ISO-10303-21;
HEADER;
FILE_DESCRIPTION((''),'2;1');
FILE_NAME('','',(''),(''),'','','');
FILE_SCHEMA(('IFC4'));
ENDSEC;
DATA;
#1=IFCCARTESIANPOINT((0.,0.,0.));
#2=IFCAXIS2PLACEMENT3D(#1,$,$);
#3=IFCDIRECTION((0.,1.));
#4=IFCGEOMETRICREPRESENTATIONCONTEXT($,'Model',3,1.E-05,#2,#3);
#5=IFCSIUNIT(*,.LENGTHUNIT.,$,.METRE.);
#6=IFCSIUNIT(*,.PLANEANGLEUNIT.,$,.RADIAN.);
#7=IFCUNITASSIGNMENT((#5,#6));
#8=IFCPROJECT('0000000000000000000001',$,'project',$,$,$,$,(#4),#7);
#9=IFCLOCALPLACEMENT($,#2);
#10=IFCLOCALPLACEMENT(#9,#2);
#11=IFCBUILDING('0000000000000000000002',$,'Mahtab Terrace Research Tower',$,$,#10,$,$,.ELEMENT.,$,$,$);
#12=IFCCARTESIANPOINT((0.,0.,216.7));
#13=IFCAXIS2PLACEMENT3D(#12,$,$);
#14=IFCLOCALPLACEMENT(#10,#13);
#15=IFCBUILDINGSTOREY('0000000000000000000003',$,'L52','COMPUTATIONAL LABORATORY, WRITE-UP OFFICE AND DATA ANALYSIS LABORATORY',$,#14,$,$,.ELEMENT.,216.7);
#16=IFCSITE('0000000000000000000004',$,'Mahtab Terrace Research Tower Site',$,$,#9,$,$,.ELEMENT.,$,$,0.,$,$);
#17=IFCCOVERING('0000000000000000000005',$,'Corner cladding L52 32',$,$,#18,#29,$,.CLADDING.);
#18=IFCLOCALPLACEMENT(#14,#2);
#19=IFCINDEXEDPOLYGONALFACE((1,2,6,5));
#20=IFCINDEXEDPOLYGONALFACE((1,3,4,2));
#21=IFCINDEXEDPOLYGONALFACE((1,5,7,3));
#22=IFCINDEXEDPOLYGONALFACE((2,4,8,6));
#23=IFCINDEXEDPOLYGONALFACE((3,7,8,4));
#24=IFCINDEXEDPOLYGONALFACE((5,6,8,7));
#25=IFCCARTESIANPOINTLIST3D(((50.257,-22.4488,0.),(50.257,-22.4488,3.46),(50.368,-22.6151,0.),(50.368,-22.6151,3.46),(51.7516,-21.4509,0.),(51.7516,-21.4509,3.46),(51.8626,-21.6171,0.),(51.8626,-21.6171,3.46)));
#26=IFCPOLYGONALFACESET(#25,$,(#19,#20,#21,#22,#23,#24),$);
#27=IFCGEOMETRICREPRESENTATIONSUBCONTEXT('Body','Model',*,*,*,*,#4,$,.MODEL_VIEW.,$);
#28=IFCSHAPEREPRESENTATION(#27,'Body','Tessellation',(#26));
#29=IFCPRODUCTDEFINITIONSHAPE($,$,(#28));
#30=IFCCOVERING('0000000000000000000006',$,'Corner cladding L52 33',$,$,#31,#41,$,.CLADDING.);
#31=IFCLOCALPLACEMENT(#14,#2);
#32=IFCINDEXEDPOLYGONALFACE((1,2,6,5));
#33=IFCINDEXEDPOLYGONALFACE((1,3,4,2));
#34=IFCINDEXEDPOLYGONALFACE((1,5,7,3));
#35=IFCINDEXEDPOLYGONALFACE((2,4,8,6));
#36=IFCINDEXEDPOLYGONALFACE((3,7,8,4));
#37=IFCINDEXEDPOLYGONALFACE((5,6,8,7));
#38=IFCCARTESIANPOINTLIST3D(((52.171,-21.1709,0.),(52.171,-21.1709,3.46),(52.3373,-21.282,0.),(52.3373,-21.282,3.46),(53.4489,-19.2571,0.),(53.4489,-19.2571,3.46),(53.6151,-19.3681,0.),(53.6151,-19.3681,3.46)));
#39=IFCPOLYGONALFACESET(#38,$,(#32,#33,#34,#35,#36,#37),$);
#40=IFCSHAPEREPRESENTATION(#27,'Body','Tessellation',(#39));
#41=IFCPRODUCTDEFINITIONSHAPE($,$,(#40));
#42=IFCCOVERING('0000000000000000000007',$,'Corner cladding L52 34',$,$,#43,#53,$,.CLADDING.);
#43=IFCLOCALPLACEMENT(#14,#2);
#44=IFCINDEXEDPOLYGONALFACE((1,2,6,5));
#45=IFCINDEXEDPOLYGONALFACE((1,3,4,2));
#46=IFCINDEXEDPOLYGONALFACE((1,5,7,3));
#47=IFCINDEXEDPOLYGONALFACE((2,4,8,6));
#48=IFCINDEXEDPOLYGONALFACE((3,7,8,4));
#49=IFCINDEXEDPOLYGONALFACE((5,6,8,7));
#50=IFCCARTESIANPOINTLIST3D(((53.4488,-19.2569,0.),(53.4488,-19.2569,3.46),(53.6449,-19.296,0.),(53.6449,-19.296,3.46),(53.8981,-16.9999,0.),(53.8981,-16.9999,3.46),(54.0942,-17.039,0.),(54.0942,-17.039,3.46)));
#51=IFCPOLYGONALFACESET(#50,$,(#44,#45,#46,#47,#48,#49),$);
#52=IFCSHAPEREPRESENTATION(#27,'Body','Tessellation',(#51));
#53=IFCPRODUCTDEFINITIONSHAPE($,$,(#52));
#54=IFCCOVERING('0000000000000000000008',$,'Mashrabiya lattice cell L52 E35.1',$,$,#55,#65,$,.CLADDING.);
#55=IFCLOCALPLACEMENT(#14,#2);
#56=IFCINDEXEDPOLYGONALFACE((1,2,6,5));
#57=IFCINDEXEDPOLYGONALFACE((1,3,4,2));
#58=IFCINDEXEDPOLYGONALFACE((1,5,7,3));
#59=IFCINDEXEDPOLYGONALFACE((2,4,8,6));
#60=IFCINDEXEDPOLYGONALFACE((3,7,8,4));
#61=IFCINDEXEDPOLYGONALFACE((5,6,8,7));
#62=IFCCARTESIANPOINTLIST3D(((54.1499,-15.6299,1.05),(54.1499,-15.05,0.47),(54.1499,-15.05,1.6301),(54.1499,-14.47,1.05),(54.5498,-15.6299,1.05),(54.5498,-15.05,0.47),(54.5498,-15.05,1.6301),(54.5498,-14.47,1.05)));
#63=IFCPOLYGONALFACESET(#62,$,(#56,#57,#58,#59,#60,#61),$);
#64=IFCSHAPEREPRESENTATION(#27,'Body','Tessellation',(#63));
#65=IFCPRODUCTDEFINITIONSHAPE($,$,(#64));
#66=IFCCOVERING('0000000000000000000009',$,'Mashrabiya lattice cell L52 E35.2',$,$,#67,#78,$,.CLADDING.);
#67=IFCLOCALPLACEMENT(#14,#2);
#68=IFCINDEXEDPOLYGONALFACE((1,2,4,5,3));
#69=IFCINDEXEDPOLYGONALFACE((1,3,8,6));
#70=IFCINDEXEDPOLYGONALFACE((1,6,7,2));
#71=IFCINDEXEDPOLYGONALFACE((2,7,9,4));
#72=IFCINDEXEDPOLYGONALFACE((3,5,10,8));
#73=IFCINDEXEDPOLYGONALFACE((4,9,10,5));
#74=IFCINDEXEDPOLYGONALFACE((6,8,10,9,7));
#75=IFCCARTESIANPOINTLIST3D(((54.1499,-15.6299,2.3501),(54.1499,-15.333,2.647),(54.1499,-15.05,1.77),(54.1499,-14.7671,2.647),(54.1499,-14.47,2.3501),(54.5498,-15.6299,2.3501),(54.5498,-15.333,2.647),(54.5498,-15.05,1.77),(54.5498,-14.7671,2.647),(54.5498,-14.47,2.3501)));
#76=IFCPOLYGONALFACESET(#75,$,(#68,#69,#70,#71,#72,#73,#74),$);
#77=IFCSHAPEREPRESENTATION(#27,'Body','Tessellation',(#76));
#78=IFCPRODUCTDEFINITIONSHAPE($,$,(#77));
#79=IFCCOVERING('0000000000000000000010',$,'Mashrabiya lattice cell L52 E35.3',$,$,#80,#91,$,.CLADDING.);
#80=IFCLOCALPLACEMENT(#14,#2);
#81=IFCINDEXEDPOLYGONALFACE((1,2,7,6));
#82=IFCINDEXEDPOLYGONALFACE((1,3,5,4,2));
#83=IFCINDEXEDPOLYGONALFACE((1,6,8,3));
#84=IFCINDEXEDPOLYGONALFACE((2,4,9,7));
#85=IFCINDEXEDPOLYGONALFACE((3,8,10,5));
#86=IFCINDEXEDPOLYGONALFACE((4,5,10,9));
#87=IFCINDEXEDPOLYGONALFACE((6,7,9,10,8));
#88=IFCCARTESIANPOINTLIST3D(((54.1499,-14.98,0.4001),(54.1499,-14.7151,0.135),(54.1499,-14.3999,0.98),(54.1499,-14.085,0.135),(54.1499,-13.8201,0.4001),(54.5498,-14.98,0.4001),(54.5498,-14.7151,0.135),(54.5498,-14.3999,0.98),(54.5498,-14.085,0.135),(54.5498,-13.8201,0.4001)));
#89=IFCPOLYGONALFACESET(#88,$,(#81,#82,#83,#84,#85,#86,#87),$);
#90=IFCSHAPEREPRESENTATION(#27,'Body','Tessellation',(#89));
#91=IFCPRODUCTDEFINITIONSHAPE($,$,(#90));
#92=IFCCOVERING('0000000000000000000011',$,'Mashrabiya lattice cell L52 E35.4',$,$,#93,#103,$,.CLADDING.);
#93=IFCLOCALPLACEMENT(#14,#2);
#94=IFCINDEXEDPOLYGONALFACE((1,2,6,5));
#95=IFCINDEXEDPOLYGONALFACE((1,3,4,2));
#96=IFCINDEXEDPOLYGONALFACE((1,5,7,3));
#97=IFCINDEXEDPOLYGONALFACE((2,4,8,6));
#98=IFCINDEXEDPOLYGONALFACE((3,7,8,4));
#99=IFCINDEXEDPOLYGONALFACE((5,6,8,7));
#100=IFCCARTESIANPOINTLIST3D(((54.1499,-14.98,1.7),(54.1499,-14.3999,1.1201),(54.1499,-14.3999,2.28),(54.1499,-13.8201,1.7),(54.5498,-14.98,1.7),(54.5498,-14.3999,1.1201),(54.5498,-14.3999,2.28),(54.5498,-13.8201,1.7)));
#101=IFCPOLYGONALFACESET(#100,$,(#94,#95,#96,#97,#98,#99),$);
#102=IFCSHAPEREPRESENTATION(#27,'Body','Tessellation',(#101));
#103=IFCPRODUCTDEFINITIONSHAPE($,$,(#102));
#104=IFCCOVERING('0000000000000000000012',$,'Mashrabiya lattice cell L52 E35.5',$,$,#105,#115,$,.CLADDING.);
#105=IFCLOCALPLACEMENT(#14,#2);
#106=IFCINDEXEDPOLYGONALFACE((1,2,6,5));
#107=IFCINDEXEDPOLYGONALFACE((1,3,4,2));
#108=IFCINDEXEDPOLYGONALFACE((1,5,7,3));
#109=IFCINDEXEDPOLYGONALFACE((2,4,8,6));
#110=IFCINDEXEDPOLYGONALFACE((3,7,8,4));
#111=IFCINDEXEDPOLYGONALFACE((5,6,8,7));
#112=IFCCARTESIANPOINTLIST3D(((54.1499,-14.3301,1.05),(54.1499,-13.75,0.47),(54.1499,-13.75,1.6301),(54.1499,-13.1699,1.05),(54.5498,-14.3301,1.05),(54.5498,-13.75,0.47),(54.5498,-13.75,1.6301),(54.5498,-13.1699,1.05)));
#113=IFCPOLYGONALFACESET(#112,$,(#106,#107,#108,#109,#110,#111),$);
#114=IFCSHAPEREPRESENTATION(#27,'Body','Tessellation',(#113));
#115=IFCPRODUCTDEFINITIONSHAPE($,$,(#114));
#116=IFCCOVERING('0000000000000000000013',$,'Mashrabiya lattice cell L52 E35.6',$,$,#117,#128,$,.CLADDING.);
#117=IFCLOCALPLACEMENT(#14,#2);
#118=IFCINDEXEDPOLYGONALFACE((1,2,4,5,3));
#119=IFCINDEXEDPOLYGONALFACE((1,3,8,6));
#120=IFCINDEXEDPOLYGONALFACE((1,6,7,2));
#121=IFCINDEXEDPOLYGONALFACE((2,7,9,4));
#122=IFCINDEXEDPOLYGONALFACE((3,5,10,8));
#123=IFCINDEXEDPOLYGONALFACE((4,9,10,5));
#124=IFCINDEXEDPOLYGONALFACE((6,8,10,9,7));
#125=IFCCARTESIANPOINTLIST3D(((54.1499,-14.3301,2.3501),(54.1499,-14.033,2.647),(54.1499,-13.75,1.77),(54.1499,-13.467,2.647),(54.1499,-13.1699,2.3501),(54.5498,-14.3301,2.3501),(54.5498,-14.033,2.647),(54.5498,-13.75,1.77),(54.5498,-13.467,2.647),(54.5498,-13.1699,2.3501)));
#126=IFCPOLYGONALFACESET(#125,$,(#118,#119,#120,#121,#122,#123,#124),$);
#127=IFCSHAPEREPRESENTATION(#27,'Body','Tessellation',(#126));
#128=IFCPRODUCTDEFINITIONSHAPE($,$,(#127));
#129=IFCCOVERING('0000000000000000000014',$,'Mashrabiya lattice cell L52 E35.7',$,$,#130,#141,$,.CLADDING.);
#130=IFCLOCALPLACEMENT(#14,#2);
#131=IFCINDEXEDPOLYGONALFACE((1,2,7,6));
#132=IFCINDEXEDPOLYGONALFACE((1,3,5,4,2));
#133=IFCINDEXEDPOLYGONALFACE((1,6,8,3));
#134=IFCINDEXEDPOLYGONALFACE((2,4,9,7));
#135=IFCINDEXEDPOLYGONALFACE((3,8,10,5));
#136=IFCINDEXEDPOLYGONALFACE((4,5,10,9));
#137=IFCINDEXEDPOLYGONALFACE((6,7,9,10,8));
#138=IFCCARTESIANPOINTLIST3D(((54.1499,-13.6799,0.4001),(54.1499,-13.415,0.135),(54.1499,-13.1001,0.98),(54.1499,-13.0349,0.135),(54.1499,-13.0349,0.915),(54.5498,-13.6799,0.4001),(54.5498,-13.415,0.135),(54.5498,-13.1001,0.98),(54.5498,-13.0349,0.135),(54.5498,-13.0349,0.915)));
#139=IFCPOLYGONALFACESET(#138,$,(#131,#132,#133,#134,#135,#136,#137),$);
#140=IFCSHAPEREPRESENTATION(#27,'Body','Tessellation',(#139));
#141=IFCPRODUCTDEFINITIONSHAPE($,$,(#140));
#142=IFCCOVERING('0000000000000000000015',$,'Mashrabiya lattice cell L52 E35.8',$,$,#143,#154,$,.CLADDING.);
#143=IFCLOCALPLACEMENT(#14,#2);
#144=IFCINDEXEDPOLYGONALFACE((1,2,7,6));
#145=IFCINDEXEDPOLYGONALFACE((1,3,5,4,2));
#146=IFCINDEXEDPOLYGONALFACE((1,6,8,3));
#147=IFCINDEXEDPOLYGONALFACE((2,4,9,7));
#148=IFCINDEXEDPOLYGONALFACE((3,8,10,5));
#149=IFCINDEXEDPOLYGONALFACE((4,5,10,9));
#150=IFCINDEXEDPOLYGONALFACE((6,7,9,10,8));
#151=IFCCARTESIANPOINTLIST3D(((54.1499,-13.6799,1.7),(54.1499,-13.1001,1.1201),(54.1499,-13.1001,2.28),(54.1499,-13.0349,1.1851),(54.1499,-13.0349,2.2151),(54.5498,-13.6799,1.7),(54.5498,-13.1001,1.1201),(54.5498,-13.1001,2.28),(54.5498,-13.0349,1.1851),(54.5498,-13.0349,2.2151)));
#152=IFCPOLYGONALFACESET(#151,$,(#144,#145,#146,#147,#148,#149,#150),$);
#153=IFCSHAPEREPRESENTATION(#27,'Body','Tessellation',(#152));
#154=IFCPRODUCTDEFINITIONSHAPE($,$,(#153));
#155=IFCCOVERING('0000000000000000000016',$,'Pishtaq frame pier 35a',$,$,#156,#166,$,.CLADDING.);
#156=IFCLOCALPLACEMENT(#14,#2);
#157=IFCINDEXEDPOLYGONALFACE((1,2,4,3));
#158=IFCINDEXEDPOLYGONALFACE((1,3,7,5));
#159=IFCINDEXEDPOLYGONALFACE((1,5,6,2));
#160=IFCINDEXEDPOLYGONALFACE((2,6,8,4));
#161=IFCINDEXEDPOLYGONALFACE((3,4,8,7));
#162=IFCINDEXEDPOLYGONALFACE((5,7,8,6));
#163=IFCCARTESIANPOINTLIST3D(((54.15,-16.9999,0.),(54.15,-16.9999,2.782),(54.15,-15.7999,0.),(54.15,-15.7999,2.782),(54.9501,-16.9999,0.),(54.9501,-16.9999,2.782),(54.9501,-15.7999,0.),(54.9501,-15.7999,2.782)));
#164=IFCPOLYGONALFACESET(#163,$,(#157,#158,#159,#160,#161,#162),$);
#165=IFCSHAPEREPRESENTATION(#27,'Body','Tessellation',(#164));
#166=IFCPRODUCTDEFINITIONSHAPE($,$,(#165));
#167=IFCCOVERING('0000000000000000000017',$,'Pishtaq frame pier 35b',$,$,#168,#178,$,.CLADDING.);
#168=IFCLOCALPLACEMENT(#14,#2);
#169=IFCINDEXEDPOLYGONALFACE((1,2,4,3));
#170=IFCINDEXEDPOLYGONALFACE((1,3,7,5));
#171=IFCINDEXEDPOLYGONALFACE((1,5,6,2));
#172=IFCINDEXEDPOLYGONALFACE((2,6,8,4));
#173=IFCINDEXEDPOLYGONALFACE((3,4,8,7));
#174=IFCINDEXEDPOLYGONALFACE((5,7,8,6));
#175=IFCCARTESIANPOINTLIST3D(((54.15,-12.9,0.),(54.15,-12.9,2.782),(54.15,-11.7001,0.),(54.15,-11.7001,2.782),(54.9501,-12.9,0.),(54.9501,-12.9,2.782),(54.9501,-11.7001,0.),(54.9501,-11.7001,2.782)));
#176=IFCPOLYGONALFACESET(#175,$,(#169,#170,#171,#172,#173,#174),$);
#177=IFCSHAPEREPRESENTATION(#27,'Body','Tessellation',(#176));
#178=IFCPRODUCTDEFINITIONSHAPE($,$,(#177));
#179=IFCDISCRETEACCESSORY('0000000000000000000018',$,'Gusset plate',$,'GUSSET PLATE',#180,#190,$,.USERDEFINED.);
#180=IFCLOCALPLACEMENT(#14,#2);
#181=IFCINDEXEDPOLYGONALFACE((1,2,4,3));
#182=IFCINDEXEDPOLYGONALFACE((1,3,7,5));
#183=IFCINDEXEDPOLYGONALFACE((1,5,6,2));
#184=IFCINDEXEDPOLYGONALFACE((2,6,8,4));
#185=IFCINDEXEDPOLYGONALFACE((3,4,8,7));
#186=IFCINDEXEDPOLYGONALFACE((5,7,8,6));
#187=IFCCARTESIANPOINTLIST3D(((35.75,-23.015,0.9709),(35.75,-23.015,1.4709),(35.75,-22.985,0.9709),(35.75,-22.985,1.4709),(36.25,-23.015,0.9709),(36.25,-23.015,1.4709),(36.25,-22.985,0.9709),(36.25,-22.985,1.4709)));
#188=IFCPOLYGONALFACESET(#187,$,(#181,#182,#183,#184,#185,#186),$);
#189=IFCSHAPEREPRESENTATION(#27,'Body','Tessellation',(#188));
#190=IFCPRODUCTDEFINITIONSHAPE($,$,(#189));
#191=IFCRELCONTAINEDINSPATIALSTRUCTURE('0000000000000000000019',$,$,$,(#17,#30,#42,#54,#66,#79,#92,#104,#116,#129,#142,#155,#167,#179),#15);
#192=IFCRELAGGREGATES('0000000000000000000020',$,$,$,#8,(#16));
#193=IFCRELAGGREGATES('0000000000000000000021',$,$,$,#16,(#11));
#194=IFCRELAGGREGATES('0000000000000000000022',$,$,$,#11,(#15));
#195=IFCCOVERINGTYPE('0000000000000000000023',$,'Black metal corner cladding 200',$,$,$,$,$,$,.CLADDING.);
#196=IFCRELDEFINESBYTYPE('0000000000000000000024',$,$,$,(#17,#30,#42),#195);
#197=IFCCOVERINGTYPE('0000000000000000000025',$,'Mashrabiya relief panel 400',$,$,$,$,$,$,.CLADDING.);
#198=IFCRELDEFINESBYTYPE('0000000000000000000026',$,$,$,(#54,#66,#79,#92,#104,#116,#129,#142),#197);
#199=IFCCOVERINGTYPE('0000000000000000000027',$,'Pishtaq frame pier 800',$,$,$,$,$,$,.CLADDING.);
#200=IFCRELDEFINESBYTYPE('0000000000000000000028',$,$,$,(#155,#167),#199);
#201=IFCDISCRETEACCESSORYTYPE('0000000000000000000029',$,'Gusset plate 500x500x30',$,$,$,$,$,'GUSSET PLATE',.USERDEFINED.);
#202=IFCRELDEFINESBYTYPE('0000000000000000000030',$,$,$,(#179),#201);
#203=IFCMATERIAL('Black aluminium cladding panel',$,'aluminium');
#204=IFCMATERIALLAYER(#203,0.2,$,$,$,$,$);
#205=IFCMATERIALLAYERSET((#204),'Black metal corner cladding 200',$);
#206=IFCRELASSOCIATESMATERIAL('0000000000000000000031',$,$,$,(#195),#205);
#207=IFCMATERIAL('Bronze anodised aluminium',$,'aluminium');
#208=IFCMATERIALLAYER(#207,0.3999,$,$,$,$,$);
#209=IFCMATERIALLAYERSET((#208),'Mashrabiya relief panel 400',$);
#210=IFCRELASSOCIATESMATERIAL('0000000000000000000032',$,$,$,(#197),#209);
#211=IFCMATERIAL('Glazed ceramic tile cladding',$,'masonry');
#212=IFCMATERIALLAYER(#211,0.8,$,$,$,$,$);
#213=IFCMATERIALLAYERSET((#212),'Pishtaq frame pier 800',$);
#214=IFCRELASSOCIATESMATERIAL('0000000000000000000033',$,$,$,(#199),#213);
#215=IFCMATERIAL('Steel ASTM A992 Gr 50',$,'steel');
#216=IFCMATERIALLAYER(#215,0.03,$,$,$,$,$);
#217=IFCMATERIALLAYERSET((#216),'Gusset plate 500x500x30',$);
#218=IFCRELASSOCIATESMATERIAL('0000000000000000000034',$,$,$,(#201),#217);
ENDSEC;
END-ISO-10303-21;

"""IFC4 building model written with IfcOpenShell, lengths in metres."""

from ifc_helpers import new_model, si_unit, direction, frame, origin, origin_2d, place, context, subcontext, project, spatial, polyline, rectangle, outline, extrude, material, layer, layer_set, type_object, element, save


model = new_model("IFC4")

# Units and contexts
model_context = context("Model", 3, precision=1e-05, world=origin(), true_north=direction((0.0, 1.0)))
body_context = subcontext(model_context, "Body", "Model", "MODEL_VIEW")
ifc_project = project(units=[si_unit("LENGTHUNIT", "METRE"), si_unit("PLANEANGLEUNIT", "RADIAN")], contexts=[model_context])

# Site, building, storey
site_placement = place(None, origin())
site = spatial("IfcSite", under=ifc_project, at=site_placement, Name="Mahtab Terrace Research Tower Site", CompositionType="ELEMENT", RefElevation=0.0)
building_placement = place(site_placement, origin())
building = spatial("IfcBuilding", under=site, at=building_placement, Name="Mahtab Terrace Research Tower", CompositionType="ELEMENT")
storey_placement = place(building_placement, frame((0.0, 0.0, 216.7)))
storey = spatial("IfcBuildingStorey", under=building, at=storey_placement, Name="L52", Description="COMPUTATIONAL LABORATORY, WRITE-UP OFFICE AND DATA ANALYSIS LABORATORY", CompositionType="ELEMENT", Elevation=216.7)

# Shared definitions
ifc_material_1 = material(Name="Steel ASTM A992 Gr 50", Category="steel")

# Shared definitions
ifc_material_2 = material(Name="Black aluminium cladding panel", Category="aluminium")

# Coverings
ifc_layer_1 = layer(ifc_material_2, 0.2)
ifc_layer_set_1 = layer_set([ifc_layer_1], Name="Black metal corner cladding 200")
covering_type_1 = type_object("IfcCoveringType", Name="Black metal corner cladding 200", PredefinedType="CLADDING", material=ifc_layer_set_1)
covering_1_placement = place(storey_placement, frame((51.0598, -22.033, 0.0), z_axis=(0.0, 0.0, 1.0), x_axis=(0.831656, 0.555291, 0.0)))
element("IfcCovering", 1, at=covering_1_placement, inside=storey, type_object=covering_type_1, Name="Corner cladding L52 32", PredefinedType="CLADDING", context=body_context, shape_type="SweptSolid", body=[
    extrude(rectangle(XDim=1.7971, YDim=0.2, at=origin_2d()), origin(), (0.0, 0.0, 1.0), 3.46),
])
for number, where, z_axis, x_axis, name in (
    (2, (52.8931, -20.2695, 0.0), (0.0, 0.0, 1.0), (0.555291, 0.831656, 0.0), "Corner cladding L52 33"),
    (3, (53.7715, -18.1479, 0.0), (0.0, 0.0, 1.0), (0.195212, 0.980761, 0.0), "Corner cladding L52 34"),
):
    element("IfcCovering", number, at=place(storey_placement, frame(where, z_axis=z_axis, x_axis=x_axis)), inside=storey, type_object=covering_type_1, Name=name, PredefinedType="CLADDING", context=body_context, shape_type="SweptSolid", body=[
        extrude(rectangle(XDim=2.3013, YDim=0.2, at=origin_2d()), origin(), (0.0, 0.0, 1.0), 3.46),
    ])
ifc_material_3 = material(Name="Bronze anodised aluminium", Category="aluminium")
ifc_layer_2 = layer(ifc_material_3, 0.3999)
ifc_layer_set_2 = layer_set([ifc_layer_2], Name="Mashrabiya relief panel 400")
covering_type_2 = type_object("IfcCoveringType", Name="Mashrabiya relief panel 400", PredefinedType="CLADDING", material=ifc_layer_set_2)
covering_2_placement = place(storey_placement, frame((54.1499, -15.05, 1.6301), z_axis=(-1.0, 0.0, 0.0), x_axis=(0.0, 0.707107, -0.707107)))
element("IfcCovering", 4, at=covering_2_placement, inside=storey, type_object=covering_type_2, Name="Mashrabiya lattice cell L52 E35.1", PredefinedType="CLADDING", context=body_context, shape_type="SweptSolid", body=[
    extrude(outline(polyline([(0.0, 0.0), (0.8204, 0.0), (0.8204, 0.8204), (0.0002, 0.8202), (0.0, 0.0)])), origin(), (0.0, 0.0, -1.0), 0.3999),
])
covering_3_placement = place(storey_placement, frame((54.1499, -14.47, 2.3501), z_axis=(-1.0, 0.0, 0.0), x_axis=(0.0, -0.707107, -0.707107)))
element("IfcCovering", 5, at=covering_3_placement, inside=storey, type_object=covering_type_2, Name="Mashrabiya lattice cell L52 E35.2", PredefinedType="CLADDING", context=body_context, shape_type="SweptSolid", body=[
    extrude(outline(polyline([(0.0, 0.0), (0.8204, 0.0), (0.8202, 0.8202), (0.4003, 0.8202), (0.0002, 0.42), (0.0, 0.0)])), origin(), (0.0, 0.0, -1.0), 0.3999),
])
covering_4_placement = place(storey_placement, frame((54.1499, -14.98, 0.4001), z_axis=(-1.0, 0.0, 0.0), x_axis=(0.0, 0.707256, 0.706958)))
element("IfcCovering", 6, at=covering_4_placement, inside=storey, type_object=covering_type_2, Name="Mashrabiya lattice cell L52 E35.3", PredefinedType="CLADDING", context=body_context, shape_type="SweptSolid", body=[
    extrude(outline(polyline([(0.0, 0.0), (0.8202, 0.0), (0.8204, 0.82), (0.4456, 0.8203), (-0.0001, 0.3748), (0.0, 0.0)])), origin(), (0.0, 0.0, -1.0), 0.3999),
])
covering_5_placement = place(storey_placement, frame((54.1499, -14.3999, 2.28), z_axis=(-1.0, 0.0, 0.0), x_axis=(0.0, 0.706958, -0.707256)))
element("IfcCovering", 7, at=covering_5_placement, inside=storey, type_object=covering_type_2, Name="Mashrabiya lattice cell L52 E35.4", PredefinedType="CLADDING", context=body_context, shape_type="SweptSolid", body=[
    extrude(outline(polyline([(0.0, 0.0), (0.8202, 0.0), (0.8204, 0.82), (0.0002, 0.8204), (0.0, 0.0)])), origin(), (0.0, 0.0, -1.0), 0.3999),
])
covering_6_placement = place(storey_placement, frame((54.1499, -13.75, 1.6301), z_axis=(-1.0, 0.0, 0.0), x_axis=(0.0, 0.707107, -0.707107)))
element("IfcCovering", 8, at=covering_6_placement, inside=storey, type_object=covering_type_2, Name="Mashrabiya lattice cell L52 E35.5", PredefinedType="CLADDING", context=body_context, shape_type="SweptSolid", body=[
    extrude(outline(polyline([(0.0, 0.0), (0.8204, 0.0), (0.8204, 0.8204), (0.0, 0.8204), (0.0, 0.0)])), origin(), (0.0, 0.0, -1.0), 0.3999),
])
covering_7_placement = place(storey_placement, frame((54.1499, -13.1699, 2.3501), z_axis=(-1.0, 0.0, 0.0), x_axis=(0.0, -0.707107, -0.707107)))
element("IfcCovering", 9, at=covering_7_placement, inside=storey, type_object=covering_type_2, Name="Mashrabiya lattice cell L52 E35.6", PredefinedType="CLADDING", context=body_context, shape_type="SweptSolid", body=[
    extrude(outline(polyline([(0.0, 0.0), (0.8204, 0.0), (0.8204, 0.8204), (0.4003, 0.8202), (0.0002, 0.42), (0.0, 0.0)])), origin(), (0.0, 0.0, -1.0), 0.3999),
])
covering_8_placement = place(storey_placement, frame((54.1499, -13.6799, 0.4001), z_axis=(-1.0, 0.0, 0.0), x_axis=(0.0, 0.707107, 0.707107)))
element("IfcCovering", 10, at=covering_8_placement, inside=storey, type_object=covering_type_2, Name="Mashrabiya lattice cell L52 E35.7", PredefinedType="CLADDING", context=body_context, shape_type="SweptSolid", body=[
    extrude(outline(polyline([(0.0, 0.0), (0.82, 0.0), (0.8202, 0.092), (0.2686, 0.6436), (-0.0002, 0.3748), (0.0, 0.0)])), origin(), (0.0, 0.0, -1.0), 0.3999),
])
covering_9_placement = place(storey_placement, frame((54.1499, -13.1001, 1.1201), z_axis=(-1.0, 0.0, 0.0), x_axis=(0.0, -0.707107, 0.707107)))
element("IfcCovering", 11, at=covering_9_placement, inside=storey, type_object=covering_type_2, Name="Mashrabiya lattice cell L52 E35.8", PredefinedType="CLADDING", context=body_context, shape_type="SweptSolid", body=[
    extrude(outline(polyline([(0.0, 0.0), (0.82, 0.0), (0.8202, 0.8202), (0.7282, 0.8204), (-0.0002, 0.092), (0.0, 0.0)])), origin(), (0.0, 0.0, -1.0), 0.3999),
])
ifc_material_4 = material(Name="Glazed ceramic tile cladding", Category="masonry")
ifc_layer_3 = layer(ifc_material_4, 0.8)
ifc_layer_set_3 = layer_set([ifc_layer_3], Name="Pishtaq frame pier 800")
covering_type_3 = type_object("IfcCoveringType", Name="Pishtaq frame pier 800", PredefinedType="CLADDING", material=ifc_layer_set_3)
for number, where, z_axis, x_axis, name in (
    (12, (54.55, -16.3999, 0.0), (0.0, 0.0, 1.0), (0.0, 1.0, 0.0), "Pishtaq frame pier 35a"),
    (13, (54.55, -12.3, 0.0), (0.0, 0.0, 1.0), (0.0, 1.0, 0.0), "Pishtaq frame pier 35b"),
):
    element("IfcCovering", number, at=place(storey_placement, frame(where, z_axis=z_axis, x_axis=x_axis)), inside=storey, type_object=covering_type_3, Name=name, PredefinedType="CLADDING", context=body_context, shape_type="SweptSolid", body=[
        extrude(rectangle(XDim=1.2, YDim=0.8, at=origin_2d()), origin(), (0.0, 0.0, 1.0), 2.782),
    ])

# Discrete accessory
ifc_layer_4 = layer(ifc_material_1, 0.03)
ifc_layer_set_4 = layer_set([ifc_layer_4], Name="Gusset plate 500x500x30")
discrete_accessory_type = type_object("IfcDiscreteAccessoryType", Name="Gusset plate 500x500x30", ElementType="GUSSET PLATE", PredefinedType="USERDEFINED", material=ifc_layer_set_4)
for number, where, z_axis, x_axis, name in (
    (14, (36.0, -23.0, 0.9709), (0.0, 0.0, 1.0), (1.0, 0.0, 0.0), "Gusset plate"),
):
    element("IfcDiscreteAccessory", number, at=place(storey_placement, frame(where, z_axis=z_axis, x_axis=x_axis)), inside=storey, type_object=discrete_accessory_type, Name=name, ObjectType="GUSSET PLATE", PredefinedType="USERDEFINED", context=body_context, shape_type="SweptSolid", body=[
        extrude(rectangle(XDim=0.5, YDim=0.03, at=origin_2d()), origin(), (0.0, 0.0, 1.0), 0.5),
    ])

save(model, "model.ifc")
